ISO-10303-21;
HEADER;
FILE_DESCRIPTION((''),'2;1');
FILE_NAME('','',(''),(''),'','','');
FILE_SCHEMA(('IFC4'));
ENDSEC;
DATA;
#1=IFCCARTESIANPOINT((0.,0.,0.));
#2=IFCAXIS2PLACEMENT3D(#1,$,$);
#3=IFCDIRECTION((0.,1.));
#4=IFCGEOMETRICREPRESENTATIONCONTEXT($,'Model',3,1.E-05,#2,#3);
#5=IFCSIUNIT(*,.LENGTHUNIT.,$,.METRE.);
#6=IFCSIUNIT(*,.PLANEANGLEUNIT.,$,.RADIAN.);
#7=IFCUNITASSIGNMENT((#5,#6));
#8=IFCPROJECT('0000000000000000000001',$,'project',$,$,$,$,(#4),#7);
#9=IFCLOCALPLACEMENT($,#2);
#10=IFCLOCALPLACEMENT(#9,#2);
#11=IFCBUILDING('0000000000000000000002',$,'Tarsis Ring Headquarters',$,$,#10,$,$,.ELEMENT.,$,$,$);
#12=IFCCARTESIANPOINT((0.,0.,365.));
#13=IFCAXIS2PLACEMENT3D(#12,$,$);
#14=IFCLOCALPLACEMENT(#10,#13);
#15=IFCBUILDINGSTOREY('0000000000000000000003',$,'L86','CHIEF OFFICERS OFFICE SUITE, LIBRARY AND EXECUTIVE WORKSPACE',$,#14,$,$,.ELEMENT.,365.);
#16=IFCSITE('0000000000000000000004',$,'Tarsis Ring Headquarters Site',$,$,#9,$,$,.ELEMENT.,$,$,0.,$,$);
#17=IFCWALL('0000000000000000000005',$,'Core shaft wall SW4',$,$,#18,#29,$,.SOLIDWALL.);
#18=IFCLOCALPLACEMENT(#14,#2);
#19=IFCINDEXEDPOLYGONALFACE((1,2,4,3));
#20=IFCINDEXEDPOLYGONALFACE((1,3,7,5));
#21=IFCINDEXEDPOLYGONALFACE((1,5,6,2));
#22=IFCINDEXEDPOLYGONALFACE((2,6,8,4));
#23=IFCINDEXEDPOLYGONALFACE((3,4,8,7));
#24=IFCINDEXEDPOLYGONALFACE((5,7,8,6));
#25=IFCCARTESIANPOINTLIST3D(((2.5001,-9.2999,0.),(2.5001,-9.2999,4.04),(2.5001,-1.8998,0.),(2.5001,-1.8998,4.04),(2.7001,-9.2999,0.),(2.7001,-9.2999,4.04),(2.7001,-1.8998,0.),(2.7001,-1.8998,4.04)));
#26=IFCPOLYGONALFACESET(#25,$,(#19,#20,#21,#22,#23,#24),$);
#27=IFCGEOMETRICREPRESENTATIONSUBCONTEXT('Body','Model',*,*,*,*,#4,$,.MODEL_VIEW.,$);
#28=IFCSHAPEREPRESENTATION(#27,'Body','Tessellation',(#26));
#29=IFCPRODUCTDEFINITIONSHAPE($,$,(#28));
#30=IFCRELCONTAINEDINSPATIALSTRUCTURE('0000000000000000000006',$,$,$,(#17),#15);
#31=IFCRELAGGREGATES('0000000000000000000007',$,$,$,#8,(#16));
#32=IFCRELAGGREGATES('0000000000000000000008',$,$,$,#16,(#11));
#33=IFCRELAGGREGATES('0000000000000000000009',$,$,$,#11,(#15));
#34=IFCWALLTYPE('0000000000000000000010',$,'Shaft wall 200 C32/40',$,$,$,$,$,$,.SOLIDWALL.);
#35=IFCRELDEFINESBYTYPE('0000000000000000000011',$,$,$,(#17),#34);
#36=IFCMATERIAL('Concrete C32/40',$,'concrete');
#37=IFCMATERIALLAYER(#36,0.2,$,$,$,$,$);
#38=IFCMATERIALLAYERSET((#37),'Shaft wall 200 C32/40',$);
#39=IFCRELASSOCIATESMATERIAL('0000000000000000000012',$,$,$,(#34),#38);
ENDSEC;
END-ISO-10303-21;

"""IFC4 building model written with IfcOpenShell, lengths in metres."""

from ifc_helpers import new_model, si_unit, direction, frame, frame_2d, origin, place, context, subcontext, project, spatial, rectangle, extrude, material, layer, layer_set, type_object, element, save


model = new_model("IFC4")

# Units and contexts
model_context = context("Model", 3, precision=1e-05, world=origin(), true_north=direction((0.0, 1.0)))
body_context = subcontext(model_context, "Body", "Model", "MODEL_VIEW")
ifc_project = project(units=[si_unit("LENGTHUNIT", "METRE"), si_unit("PLANEANGLEUNIT", "RADIAN")], contexts=[model_context])

# Site, building, storey
site_placement = place(None, origin())
site = spatial("IfcSite", under=ifc_project, at=site_placement, Name="Tarsis Ring Headquarters Site", CompositionType="ELEMENT", RefElevation=0.0)
building_placement = place(site_placement, origin())
building = spatial("IfcBuilding", under=site, at=building_placement, Name="Tarsis Ring Headquarters", CompositionType="ELEMENT")
storey_placement = place(building_placement, frame((0.0, 0.0, 365.0)))
storey = spatial("IfcBuildingStorey", under=building, at=storey_placement, Name="L86", Description="CHIEF OFFICERS OFFICE SUITE, LIBRARY AND EXECUTIVE WORKSPACE", CompositionType="ELEMENT", Elevation=365.0)

# Shared definitions
ifc_material_1 = material(Name="Concrete C32/40", Category="concrete")

# Shared definitions
ifc_layer_1 = layer(ifc_material_1, 0.2)
ifc_layer_set_1 = layer_set([ifc_layer_1], Name="Shaft wall 200 C32/40")
wall_type_1 = type_object("IfcWallType", Name="Shaft wall 200 C32/40", PredefinedType="SOLIDWALL", material=ifc_layer_set_1)

# Wall
for number, where, z_axis, x_axis, name in (
    (1, (2.6001, -9.3, 0.0), (0.0, 0.0, 1.0), (0.0, 1.0, 0.0), "Core shaft wall SW4"),
):
    element("IfcWall", number, at=place(storey_placement, frame(where, z_axis=z_axis, x_axis=x_axis)), inside=storey, type_object=wall_type_1, Name=name, PredefinedType="SOLIDWALL", context=body_context, shape_type="SweptSolid", body=[
        extrude(rectangle(XDim=7.4001, YDim=0.2, at=frame_2d((3.7002, 0.0))), origin(), (0.0, 0.0, 1.0), 4.04),
    ])

save(model, "model.ifc")
